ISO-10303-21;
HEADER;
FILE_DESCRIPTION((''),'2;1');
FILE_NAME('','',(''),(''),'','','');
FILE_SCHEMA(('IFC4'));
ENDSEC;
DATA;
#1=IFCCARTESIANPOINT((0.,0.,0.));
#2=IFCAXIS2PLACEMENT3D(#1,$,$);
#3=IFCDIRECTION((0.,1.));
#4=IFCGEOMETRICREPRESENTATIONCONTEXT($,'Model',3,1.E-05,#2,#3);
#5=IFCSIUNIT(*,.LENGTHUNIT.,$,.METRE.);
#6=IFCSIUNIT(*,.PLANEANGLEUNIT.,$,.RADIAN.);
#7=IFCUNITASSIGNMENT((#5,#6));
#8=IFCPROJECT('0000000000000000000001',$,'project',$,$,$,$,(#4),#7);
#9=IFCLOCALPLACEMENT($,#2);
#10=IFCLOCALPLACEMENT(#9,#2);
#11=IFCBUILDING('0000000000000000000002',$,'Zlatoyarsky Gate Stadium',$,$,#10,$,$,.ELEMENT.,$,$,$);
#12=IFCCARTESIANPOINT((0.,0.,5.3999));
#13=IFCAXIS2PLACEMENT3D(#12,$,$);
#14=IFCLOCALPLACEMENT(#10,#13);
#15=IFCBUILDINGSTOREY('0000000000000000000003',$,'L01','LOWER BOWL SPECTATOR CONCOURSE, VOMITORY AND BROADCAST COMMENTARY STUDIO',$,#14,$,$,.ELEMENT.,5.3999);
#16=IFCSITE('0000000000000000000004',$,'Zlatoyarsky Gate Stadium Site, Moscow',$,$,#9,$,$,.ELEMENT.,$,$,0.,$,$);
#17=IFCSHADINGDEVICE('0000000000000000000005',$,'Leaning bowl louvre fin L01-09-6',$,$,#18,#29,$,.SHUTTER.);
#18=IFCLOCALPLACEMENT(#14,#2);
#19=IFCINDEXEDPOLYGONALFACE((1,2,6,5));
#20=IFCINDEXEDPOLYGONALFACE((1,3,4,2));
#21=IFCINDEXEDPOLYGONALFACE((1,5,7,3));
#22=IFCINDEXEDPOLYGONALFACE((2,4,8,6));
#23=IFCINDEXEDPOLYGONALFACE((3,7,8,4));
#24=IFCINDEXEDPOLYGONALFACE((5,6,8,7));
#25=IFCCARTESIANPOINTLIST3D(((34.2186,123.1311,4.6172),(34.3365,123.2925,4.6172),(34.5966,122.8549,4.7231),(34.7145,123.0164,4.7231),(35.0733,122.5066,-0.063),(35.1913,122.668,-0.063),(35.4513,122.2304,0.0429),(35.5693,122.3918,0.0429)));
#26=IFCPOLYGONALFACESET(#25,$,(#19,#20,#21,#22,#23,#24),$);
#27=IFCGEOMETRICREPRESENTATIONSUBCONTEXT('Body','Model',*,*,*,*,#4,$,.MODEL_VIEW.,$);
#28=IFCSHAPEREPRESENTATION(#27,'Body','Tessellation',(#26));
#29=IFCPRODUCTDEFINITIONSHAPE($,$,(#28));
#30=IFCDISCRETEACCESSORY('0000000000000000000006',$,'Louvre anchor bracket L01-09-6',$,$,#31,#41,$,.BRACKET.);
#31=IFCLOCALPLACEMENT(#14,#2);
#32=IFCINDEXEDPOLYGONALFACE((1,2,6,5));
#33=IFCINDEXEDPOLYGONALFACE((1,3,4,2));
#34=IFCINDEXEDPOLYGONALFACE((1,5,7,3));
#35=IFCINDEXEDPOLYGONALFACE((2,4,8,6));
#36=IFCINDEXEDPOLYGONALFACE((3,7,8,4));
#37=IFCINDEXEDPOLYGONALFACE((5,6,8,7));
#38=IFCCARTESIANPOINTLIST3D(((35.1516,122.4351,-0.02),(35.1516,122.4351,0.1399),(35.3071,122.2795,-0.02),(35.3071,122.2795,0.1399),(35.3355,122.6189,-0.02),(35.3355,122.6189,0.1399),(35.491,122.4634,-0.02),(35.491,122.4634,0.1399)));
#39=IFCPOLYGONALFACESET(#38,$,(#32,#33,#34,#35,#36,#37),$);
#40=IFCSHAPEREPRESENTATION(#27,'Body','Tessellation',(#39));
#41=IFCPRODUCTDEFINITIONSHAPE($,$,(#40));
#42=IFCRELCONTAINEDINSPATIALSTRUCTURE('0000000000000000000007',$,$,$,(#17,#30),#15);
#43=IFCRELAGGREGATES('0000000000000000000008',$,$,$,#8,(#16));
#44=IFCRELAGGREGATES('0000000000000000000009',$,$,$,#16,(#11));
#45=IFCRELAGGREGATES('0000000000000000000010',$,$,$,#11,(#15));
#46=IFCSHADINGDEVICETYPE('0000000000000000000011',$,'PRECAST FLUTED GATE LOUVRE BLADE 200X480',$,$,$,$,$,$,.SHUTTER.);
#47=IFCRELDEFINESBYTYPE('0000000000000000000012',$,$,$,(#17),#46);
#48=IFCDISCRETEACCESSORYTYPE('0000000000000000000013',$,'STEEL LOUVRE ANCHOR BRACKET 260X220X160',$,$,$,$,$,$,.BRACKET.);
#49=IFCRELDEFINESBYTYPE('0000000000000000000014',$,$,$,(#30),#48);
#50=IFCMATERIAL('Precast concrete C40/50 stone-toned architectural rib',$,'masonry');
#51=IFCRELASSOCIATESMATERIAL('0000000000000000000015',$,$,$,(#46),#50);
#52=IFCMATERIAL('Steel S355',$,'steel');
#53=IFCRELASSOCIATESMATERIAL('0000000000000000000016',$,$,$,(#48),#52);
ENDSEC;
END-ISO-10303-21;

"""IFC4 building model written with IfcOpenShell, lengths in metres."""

from ifc_helpers import new_model, si_unit, direction, frame, origin, origin_2d, place, context, subcontext, project, spatial, rectangle, extrude, material, material_profile, profile_set, type_object, element, save


model = new_model("IFC4")

# Units and contexts
model_context = context("Model", 3, precision=1e-05, world=origin(), true_north=direction((0.0, 1.0)))
body_context = subcontext(model_context, "Body", "Model", "MODEL_VIEW")
ifc_project = project(units=[si_unit("LENGTHUNIT", "METRE"), si_unit("PLANEANGLEUNIT", "RADIAN")], contexts=[model_context])

# Site, building, storey
site_placement = place(None, origin())
site = spatial("IfcSite", under=ifc_project, at=site_placement, Name="Zlatoyarsky Gate Stadium Site, Moscow", CompositionType="ELEMENT", RefElevation=0.0)
building_placement = place(site_placement, origin())
building = spatial("IfcBuilding", under=site, at=building_placement, Name="Zlatoyarsky Gate Stadium", CompositionType="ELEMENT")
storey_placement = place(building_placement, frame((0.0, 0.0, 5.3999)))
storey = spatial("IfcBuildingStorey", under=building, at=storey_placement, Name="L01", Description="LOWER BOWL SPECTATOR CONCOURSE, VOMITORY AND BROADCAST COMMENTARY STUDIO", CompositionType="ELEMENT", Elevation=5.3999)

# Shared definitions
ifc_material_1 = material(Name="Steel S355", Category="steel")

# Shading device
ifc_material_2 = material(Name="Precast concrete C40/50 stone-toned architectural rib", Category="masonry")
ifc_material_profile_1 = material_profile(ifc_material_2, rectangle(XDim=0.2, YDim=0.48, at=origin_2d()), Name="RIB 200X480")
ifc_profile_set_1 = profile_set([ifc_material_profile_1], Name="Precast concrete C40/50 stone-toned architectural rib")
shading_device_type = type_object("IfcShadingDeviceType", Name="PRECAST FLUTED GATE LOUVRE BLADE 200X480", PredefinedType="SHUTTER", material=ifc_profile_set_1)
shading_device_placement = place(storey_placement, frame((35.3213, 122.4492, -0.01), z_axis=(-0.178129, 0.13015, 0.975362), x_axis=(-0.589953, -0.807438, 0.0)))
element("IfcShadingDevice", 1, at=shading_device_placement, inside=storey, type_object=shading_device_type, Name="Leaning bowl louvre fin L01-09-6", PredefinedType="SHUTTER", context=body_context, shape_type="SweptSolid", body=[
    extrude(rectangle(XDim=0.2, YDim=0.48, at=origin_2d()), origin(), (0.0, 0.0, 1.0), 4.7983),
])

# Discrete accessory
discrete_accessory_type = type_object("IfcDiscreteAccessoryType", Name="STEEL LOUVRE ANCHOR BRACKET 260X220X160", PredefinedType="BRACKET", material=ifc_material_1)
discrete_accessory_placement = place(storey_placement, frame((35.3213, 122.4492, -0.02), z_axis=(0.0, 0.0, 1.0), x_axis=(-0.707137, -0.707076, 0.0)))
element("IfcDiscreteAccessory", 2, at=discrete_accessory_placement, inside=storey, type_object=discrete_accessory_type, Name="Louvre anchor bracket L01-09-6", PredefinedType="BRACKET", context=body_context, shape_type="SweptSolid", body=[
    extrude(rectangle(XDim=0.26, YDim=0.22, at=origin_2d()), origin(), (0.0, 0.0, 1.0), 0.1599),
])

save(model, "model.ifc")
